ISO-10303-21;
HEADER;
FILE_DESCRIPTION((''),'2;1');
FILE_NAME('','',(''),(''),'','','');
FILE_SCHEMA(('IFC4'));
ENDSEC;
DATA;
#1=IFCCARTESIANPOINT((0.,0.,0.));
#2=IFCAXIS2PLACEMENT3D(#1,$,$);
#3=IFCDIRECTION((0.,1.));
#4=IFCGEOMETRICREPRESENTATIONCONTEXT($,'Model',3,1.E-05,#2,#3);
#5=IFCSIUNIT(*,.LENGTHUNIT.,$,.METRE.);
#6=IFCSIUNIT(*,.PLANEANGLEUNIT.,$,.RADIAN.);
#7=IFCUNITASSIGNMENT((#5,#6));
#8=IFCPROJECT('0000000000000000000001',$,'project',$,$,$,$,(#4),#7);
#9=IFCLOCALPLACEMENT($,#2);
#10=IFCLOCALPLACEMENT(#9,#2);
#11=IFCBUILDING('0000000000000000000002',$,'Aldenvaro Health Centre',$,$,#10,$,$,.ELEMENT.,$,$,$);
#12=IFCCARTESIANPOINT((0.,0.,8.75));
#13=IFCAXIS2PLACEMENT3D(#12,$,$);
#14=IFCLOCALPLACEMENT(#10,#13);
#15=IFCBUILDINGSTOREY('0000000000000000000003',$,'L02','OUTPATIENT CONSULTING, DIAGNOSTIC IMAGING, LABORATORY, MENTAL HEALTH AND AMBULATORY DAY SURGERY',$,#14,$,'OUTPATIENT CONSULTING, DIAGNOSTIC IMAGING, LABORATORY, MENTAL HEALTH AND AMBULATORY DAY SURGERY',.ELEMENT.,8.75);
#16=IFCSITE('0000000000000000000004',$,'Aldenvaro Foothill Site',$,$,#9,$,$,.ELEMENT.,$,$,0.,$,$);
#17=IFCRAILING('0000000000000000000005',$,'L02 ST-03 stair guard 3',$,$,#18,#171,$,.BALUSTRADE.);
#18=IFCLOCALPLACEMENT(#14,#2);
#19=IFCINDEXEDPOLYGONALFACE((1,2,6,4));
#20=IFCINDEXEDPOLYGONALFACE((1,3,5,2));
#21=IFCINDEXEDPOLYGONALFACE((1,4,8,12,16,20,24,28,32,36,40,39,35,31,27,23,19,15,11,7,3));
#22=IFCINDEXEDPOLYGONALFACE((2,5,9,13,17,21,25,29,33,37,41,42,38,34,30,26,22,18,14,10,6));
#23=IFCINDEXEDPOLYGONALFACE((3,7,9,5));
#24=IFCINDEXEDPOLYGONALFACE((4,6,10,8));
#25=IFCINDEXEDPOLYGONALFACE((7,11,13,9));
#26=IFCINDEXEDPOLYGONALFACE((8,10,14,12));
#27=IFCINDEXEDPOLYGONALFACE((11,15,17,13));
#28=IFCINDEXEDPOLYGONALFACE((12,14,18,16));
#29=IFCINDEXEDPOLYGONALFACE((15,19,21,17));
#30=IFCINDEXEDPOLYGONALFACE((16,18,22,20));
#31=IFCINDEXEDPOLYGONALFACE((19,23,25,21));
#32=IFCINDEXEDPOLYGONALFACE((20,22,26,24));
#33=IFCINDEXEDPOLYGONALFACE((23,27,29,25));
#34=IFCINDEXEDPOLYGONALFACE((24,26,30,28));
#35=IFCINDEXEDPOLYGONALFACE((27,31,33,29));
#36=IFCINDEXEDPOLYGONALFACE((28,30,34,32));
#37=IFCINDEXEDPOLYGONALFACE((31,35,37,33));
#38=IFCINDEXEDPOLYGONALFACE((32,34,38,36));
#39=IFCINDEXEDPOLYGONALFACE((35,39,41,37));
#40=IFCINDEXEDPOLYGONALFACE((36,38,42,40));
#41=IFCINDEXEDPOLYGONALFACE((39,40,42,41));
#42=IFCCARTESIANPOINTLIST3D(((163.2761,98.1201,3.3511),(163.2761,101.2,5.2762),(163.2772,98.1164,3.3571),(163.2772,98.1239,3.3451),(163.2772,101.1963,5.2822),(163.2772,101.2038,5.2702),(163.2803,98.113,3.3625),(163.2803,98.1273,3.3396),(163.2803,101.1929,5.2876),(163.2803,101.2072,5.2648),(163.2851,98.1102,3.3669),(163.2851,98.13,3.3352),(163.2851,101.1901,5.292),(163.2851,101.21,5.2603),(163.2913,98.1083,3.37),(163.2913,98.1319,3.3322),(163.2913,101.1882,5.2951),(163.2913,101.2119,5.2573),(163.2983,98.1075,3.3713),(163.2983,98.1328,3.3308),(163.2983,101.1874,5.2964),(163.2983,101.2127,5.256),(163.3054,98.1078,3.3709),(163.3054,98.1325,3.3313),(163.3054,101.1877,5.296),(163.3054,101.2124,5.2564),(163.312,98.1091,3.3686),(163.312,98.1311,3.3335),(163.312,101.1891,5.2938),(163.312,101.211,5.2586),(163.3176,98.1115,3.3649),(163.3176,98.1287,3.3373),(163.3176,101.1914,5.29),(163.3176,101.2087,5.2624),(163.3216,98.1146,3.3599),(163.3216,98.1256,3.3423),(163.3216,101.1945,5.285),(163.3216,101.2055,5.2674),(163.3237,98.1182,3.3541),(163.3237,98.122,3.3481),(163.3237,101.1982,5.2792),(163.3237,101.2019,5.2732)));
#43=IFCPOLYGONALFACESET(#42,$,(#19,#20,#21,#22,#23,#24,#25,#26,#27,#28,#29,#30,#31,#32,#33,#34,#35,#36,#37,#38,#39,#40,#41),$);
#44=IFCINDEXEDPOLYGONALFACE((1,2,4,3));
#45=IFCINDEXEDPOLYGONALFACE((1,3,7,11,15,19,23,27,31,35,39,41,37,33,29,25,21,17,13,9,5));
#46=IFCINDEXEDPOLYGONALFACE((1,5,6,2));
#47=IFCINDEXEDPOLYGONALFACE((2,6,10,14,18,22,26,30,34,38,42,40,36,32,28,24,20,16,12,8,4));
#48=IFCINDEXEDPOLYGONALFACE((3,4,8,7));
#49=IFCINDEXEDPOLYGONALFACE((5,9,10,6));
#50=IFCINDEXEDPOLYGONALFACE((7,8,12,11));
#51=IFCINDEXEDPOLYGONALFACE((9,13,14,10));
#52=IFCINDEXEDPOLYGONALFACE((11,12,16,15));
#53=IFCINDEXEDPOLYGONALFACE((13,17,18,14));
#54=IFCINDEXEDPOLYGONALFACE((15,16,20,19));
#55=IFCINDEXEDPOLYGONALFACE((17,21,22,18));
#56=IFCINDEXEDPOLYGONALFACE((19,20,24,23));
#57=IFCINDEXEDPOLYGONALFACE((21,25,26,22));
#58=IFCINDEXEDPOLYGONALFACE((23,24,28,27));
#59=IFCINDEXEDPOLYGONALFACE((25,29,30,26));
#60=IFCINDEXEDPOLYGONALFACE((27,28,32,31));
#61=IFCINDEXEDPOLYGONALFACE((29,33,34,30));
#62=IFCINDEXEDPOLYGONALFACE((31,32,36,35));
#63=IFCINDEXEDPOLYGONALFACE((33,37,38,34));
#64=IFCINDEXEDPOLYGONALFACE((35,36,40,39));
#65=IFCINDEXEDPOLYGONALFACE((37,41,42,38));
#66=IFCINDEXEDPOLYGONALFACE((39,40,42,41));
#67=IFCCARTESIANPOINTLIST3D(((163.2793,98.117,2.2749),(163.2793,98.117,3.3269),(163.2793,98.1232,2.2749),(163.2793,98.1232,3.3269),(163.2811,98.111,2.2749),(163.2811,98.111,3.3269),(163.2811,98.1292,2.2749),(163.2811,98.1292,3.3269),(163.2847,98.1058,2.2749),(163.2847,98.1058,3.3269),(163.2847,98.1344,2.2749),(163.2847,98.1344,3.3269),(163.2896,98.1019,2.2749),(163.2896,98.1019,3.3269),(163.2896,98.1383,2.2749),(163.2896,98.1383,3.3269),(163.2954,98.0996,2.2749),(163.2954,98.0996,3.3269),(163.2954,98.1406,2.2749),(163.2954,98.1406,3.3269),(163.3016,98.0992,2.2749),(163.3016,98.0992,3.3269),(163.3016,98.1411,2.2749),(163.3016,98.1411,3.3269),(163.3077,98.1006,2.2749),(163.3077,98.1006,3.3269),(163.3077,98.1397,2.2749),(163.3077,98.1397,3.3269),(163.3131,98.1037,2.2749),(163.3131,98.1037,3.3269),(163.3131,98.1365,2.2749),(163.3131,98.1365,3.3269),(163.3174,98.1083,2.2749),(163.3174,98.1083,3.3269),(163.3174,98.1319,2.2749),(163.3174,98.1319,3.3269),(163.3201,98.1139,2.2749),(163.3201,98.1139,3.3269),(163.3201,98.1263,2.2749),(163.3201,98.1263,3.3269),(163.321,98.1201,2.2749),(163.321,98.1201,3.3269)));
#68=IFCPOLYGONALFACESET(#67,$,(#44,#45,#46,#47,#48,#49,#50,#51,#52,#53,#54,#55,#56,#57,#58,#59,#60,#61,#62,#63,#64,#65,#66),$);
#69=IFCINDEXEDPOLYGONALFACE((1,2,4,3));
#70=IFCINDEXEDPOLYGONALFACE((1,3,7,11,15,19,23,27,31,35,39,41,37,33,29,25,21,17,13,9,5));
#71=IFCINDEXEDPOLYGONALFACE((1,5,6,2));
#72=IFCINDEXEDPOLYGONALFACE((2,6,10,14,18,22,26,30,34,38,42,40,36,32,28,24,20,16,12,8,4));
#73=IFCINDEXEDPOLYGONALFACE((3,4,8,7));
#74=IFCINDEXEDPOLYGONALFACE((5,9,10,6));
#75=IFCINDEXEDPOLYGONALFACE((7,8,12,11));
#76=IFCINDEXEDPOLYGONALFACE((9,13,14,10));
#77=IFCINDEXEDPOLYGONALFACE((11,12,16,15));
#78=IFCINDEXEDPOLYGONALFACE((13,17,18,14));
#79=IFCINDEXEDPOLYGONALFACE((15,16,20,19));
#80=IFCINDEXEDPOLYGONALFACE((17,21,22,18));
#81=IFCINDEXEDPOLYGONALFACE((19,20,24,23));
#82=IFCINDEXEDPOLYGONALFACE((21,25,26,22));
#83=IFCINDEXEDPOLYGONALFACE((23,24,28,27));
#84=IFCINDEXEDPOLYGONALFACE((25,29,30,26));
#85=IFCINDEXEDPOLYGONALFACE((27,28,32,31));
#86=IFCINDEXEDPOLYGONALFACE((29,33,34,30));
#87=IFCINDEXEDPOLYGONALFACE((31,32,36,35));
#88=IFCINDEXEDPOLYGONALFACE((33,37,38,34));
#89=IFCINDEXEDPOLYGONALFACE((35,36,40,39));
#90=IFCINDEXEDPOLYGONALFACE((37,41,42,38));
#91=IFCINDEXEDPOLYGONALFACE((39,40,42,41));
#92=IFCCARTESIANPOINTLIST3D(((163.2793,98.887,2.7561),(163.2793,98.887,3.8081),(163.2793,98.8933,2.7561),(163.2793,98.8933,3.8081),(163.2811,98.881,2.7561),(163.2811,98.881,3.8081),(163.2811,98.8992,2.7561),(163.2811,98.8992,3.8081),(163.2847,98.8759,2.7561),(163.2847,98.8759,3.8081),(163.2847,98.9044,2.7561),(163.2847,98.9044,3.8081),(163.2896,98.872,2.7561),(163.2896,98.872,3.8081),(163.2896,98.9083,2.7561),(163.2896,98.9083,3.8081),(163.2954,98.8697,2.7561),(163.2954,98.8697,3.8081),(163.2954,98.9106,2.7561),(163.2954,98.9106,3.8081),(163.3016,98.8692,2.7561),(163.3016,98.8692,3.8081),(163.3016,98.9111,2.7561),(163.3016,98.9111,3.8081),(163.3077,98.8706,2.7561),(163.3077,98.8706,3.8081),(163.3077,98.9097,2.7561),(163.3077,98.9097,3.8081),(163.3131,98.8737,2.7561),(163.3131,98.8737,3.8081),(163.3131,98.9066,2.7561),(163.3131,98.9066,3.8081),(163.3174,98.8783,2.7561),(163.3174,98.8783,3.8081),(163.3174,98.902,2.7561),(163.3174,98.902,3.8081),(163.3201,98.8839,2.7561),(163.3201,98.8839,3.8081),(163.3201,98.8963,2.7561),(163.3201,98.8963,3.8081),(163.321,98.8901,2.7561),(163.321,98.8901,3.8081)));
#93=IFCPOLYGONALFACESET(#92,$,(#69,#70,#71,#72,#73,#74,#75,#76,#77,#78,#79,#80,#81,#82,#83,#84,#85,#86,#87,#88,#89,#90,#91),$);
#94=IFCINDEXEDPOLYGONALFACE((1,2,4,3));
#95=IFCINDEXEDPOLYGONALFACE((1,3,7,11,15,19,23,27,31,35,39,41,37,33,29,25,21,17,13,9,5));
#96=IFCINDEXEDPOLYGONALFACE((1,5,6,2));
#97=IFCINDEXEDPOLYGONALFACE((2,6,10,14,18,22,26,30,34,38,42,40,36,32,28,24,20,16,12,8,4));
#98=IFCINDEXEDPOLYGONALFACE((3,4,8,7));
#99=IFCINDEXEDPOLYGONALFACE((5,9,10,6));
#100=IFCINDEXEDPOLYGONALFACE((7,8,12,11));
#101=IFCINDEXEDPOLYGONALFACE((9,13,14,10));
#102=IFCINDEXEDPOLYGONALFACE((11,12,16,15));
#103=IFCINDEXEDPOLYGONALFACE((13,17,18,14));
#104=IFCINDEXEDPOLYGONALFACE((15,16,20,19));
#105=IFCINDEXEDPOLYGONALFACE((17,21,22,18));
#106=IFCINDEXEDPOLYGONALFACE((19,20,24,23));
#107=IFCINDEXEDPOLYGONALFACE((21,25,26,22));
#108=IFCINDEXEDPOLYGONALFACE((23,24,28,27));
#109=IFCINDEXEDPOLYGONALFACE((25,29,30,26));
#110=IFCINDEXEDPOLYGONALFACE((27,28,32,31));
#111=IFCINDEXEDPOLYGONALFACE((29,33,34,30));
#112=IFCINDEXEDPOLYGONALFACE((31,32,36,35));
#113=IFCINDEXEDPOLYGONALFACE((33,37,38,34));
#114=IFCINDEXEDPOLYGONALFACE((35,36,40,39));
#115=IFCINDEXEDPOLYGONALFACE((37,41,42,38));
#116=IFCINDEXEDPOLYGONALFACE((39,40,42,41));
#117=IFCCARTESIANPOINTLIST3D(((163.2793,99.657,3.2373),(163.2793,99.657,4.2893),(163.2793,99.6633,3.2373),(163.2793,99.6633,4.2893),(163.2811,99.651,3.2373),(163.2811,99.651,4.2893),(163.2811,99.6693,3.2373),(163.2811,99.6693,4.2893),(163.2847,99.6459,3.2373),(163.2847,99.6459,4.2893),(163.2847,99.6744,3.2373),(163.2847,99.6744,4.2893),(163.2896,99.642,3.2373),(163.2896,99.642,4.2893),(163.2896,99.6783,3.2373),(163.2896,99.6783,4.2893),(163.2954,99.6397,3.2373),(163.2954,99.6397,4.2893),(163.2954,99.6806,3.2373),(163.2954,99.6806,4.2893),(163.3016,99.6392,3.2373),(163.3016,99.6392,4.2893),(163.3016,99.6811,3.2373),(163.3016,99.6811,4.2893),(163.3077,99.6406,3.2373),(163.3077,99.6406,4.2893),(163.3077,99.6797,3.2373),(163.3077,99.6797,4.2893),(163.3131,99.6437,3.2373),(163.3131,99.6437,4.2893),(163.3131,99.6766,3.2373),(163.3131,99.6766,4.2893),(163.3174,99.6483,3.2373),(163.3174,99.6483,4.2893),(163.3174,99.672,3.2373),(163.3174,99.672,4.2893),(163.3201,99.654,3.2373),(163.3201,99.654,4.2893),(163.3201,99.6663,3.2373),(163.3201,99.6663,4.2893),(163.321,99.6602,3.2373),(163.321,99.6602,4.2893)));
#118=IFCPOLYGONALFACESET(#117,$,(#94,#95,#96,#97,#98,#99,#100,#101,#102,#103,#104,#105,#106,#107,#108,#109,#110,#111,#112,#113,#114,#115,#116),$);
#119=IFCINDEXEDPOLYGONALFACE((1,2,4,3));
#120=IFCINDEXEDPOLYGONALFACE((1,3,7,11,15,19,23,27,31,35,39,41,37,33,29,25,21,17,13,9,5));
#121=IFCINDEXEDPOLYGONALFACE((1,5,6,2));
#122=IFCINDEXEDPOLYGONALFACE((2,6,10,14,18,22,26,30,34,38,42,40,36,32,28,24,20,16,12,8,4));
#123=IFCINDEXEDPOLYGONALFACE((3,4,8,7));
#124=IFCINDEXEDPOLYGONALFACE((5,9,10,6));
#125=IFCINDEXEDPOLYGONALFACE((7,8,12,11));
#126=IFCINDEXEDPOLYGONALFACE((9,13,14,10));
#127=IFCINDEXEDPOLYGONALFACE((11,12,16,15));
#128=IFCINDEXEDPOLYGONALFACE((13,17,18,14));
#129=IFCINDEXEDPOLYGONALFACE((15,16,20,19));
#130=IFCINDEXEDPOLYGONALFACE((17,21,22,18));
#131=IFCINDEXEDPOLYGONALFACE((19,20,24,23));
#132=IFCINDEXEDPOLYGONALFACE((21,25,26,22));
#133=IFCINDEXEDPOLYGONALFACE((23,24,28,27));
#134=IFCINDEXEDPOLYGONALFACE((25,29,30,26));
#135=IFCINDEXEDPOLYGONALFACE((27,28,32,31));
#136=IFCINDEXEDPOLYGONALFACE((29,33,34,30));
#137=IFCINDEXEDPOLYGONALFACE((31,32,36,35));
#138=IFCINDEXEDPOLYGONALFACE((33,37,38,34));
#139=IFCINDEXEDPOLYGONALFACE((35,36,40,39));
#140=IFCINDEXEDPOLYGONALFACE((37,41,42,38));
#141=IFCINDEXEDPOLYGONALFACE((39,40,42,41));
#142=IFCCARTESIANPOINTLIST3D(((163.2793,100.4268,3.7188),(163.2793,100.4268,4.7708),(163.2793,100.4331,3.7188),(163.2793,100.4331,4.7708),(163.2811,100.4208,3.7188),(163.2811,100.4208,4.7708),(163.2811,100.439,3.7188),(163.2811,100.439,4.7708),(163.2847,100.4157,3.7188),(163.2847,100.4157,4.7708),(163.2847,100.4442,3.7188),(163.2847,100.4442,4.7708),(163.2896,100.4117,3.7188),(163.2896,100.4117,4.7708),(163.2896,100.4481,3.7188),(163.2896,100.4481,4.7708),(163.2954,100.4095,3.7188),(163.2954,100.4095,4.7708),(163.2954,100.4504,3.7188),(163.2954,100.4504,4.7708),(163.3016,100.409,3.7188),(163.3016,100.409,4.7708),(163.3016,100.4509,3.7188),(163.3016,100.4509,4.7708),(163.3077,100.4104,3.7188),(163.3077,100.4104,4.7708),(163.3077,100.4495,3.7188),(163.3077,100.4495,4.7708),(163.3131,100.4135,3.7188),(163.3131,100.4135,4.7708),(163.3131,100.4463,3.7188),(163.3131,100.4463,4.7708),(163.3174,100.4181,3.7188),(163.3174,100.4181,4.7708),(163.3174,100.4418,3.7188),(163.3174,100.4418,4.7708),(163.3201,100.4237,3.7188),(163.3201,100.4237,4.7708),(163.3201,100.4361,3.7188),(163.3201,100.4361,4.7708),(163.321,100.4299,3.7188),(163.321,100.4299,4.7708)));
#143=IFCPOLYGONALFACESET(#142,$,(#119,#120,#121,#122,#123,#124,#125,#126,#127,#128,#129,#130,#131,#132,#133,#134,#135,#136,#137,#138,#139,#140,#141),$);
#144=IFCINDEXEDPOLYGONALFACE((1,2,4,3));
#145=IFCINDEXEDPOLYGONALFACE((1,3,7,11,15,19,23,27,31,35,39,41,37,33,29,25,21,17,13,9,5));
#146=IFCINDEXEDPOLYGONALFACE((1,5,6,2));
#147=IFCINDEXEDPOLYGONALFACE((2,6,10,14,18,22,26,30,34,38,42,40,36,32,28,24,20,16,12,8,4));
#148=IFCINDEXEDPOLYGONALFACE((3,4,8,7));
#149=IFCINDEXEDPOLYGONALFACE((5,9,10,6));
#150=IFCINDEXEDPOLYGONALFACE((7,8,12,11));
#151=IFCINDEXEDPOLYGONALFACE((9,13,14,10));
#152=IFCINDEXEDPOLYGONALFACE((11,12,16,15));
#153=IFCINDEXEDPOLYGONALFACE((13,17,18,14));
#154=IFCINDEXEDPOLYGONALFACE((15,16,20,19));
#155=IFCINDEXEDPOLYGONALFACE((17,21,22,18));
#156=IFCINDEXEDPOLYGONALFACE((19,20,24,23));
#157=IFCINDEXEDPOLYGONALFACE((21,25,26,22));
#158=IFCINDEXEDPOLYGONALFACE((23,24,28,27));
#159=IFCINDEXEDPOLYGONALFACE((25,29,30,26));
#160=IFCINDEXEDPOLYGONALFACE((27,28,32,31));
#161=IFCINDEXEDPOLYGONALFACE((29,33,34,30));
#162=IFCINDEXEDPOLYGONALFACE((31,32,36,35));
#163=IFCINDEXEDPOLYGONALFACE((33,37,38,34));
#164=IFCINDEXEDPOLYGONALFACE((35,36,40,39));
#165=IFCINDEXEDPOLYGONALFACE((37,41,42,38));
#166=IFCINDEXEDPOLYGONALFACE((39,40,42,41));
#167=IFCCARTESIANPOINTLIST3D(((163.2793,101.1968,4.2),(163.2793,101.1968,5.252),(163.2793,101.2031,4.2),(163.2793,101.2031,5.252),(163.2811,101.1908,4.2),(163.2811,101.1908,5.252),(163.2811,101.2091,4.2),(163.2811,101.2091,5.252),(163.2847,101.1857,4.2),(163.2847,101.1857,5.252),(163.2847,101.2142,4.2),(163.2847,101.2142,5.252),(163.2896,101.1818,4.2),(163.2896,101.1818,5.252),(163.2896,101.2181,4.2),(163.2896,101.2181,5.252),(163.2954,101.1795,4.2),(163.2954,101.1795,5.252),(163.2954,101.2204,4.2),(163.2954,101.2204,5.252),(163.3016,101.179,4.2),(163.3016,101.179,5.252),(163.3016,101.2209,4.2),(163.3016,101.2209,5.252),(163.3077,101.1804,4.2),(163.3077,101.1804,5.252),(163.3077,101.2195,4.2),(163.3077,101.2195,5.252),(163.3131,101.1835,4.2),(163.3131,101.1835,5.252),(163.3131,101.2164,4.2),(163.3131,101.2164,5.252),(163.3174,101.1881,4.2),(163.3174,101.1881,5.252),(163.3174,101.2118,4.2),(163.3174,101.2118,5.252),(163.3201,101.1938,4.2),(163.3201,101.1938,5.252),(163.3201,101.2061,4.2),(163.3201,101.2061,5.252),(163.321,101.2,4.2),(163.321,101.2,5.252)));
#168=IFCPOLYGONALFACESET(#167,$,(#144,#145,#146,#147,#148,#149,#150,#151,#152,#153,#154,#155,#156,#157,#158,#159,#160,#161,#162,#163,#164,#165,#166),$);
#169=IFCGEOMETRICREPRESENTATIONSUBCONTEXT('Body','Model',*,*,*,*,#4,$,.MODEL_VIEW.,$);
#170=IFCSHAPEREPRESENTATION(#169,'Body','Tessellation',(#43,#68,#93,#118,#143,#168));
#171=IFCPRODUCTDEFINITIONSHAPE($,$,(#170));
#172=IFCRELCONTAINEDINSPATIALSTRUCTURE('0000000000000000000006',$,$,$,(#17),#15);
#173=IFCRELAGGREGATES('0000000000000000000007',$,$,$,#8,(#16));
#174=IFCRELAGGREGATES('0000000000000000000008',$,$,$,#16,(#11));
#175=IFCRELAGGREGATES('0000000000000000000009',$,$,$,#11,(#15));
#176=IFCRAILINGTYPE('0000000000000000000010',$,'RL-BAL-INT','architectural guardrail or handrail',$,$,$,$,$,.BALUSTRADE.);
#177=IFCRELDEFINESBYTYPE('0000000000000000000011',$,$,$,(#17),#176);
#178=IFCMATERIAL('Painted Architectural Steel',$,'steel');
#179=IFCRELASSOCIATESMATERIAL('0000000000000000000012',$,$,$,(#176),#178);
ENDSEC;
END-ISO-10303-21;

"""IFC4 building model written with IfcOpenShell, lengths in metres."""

from ifc_helpers import new_model, si_unit, direction, frame, origin, origin_2d, place, context, subcontext, project, spatial, circle, extrude, material, type_object, element, save


model = new_model("IFC4")

# Units and contexts
model_context = context("Model", 3, precision=1e-05, world=origin(), true_north=direction((0.0, 1.0)))
body_context = subcontext(model_context, "Body", "Model", "MODEL_VIEW")
ifc_project = project(units=[si_unit("LENGTHUNIT", "METRE"), si_unit("PLANEANGLEUNIT", "RADIAN")], contexts=[model_context])

# Site, building, storey
site_placement = place(None, origin())
site = spatial("IfcSite", under=ifc_project, at=site_placement, Name="Aldenvaro Foothill Site", CompositionType="ELEMENT", RefElevation=0.0)
building_placement = place(site_placement, origin())
building = spatial("IfcBuilding", under=site, at=building_placement, Name="Aldenvaro Health Centre", CompositionType="ELEMENT")
storey_placement = place(building_placement, frame((0.0, 0.0, 8.75)))
storey = spatial("IfcBuildingStorey", under=building, at=storey_placement, Name="L02", Description="OUTPATIENT CONSULTING, DIAGNOSTIC IMAGING, LABORATORY, MENTAL HEALTH AND AMBULATORY DAY SURGERY", LongName="OUTPATIENT CONSULTING, DIAGNOSTIC IMAGING, LABORATORY, MENTAL HEALTH AND AMBULATORY DAY SURGERY", CompositionType="ELEMENT", Elevation=8.75)

# Railing
ifc_material_1 = material(Name="Painted Architectural Steel", Category="steel")
railing_type_1 = type_object("IfcRailingType", Name="RL-BAL-INT", Description="architectural guardrail or handrail", PredefinedType="BALUSTRADE", material=ifc_material_1)
railing_1_placement = place(storey_placement, frame((163.3, 98.1201, 2.2749)))
element("IfcRailing", 1, at=railing_1_placement, inside=storey, type_object=railing_type_1, Name="L02 ST-03 stair guard 3", PredefinedType="BALUSTRADE", context=body_context, shape_type="SweptSolid", body=[
    extrude(circle(Radius=0.0239, at=origin_2d()), frame((0.0, 0.0, 1.0762), z_axis=(0.0, 0.847979, 0.530029), x_axis=(-1.0, 0.0, 0.0)), (0.0, 0.0, 1.0), 3.6321),
    extrude(circle(Radius=0.021, at=origin_2d()), origin(), (0.0, 0.0, 1.0), 1.052),
    extrude(circle(Radius=0.021, at=origin_2d()), frame((0.0, 0.77, 0.4812)), (0.0, 0.0, 1.0), 1.052),
    extrude(circle(Radius=0.021, at=origin_2d()), frame((0.0, 1.54, 0.9624)), (0.0, 0.0, 1.0), 1.052),
    extrude(circle(Radius=0.021, at=origin_2d()), frame((0.0, 2.3098, 1.4438)), (0.0, 0.0, 1.0), 1.052),
    extrude(circle(Radius=0.021, at=origin_2d()), frame((0.0, 3.0798, 1.925)), (0.0, 0.0, 1.0), 1.052),
])

save(model, "model.ifc")
